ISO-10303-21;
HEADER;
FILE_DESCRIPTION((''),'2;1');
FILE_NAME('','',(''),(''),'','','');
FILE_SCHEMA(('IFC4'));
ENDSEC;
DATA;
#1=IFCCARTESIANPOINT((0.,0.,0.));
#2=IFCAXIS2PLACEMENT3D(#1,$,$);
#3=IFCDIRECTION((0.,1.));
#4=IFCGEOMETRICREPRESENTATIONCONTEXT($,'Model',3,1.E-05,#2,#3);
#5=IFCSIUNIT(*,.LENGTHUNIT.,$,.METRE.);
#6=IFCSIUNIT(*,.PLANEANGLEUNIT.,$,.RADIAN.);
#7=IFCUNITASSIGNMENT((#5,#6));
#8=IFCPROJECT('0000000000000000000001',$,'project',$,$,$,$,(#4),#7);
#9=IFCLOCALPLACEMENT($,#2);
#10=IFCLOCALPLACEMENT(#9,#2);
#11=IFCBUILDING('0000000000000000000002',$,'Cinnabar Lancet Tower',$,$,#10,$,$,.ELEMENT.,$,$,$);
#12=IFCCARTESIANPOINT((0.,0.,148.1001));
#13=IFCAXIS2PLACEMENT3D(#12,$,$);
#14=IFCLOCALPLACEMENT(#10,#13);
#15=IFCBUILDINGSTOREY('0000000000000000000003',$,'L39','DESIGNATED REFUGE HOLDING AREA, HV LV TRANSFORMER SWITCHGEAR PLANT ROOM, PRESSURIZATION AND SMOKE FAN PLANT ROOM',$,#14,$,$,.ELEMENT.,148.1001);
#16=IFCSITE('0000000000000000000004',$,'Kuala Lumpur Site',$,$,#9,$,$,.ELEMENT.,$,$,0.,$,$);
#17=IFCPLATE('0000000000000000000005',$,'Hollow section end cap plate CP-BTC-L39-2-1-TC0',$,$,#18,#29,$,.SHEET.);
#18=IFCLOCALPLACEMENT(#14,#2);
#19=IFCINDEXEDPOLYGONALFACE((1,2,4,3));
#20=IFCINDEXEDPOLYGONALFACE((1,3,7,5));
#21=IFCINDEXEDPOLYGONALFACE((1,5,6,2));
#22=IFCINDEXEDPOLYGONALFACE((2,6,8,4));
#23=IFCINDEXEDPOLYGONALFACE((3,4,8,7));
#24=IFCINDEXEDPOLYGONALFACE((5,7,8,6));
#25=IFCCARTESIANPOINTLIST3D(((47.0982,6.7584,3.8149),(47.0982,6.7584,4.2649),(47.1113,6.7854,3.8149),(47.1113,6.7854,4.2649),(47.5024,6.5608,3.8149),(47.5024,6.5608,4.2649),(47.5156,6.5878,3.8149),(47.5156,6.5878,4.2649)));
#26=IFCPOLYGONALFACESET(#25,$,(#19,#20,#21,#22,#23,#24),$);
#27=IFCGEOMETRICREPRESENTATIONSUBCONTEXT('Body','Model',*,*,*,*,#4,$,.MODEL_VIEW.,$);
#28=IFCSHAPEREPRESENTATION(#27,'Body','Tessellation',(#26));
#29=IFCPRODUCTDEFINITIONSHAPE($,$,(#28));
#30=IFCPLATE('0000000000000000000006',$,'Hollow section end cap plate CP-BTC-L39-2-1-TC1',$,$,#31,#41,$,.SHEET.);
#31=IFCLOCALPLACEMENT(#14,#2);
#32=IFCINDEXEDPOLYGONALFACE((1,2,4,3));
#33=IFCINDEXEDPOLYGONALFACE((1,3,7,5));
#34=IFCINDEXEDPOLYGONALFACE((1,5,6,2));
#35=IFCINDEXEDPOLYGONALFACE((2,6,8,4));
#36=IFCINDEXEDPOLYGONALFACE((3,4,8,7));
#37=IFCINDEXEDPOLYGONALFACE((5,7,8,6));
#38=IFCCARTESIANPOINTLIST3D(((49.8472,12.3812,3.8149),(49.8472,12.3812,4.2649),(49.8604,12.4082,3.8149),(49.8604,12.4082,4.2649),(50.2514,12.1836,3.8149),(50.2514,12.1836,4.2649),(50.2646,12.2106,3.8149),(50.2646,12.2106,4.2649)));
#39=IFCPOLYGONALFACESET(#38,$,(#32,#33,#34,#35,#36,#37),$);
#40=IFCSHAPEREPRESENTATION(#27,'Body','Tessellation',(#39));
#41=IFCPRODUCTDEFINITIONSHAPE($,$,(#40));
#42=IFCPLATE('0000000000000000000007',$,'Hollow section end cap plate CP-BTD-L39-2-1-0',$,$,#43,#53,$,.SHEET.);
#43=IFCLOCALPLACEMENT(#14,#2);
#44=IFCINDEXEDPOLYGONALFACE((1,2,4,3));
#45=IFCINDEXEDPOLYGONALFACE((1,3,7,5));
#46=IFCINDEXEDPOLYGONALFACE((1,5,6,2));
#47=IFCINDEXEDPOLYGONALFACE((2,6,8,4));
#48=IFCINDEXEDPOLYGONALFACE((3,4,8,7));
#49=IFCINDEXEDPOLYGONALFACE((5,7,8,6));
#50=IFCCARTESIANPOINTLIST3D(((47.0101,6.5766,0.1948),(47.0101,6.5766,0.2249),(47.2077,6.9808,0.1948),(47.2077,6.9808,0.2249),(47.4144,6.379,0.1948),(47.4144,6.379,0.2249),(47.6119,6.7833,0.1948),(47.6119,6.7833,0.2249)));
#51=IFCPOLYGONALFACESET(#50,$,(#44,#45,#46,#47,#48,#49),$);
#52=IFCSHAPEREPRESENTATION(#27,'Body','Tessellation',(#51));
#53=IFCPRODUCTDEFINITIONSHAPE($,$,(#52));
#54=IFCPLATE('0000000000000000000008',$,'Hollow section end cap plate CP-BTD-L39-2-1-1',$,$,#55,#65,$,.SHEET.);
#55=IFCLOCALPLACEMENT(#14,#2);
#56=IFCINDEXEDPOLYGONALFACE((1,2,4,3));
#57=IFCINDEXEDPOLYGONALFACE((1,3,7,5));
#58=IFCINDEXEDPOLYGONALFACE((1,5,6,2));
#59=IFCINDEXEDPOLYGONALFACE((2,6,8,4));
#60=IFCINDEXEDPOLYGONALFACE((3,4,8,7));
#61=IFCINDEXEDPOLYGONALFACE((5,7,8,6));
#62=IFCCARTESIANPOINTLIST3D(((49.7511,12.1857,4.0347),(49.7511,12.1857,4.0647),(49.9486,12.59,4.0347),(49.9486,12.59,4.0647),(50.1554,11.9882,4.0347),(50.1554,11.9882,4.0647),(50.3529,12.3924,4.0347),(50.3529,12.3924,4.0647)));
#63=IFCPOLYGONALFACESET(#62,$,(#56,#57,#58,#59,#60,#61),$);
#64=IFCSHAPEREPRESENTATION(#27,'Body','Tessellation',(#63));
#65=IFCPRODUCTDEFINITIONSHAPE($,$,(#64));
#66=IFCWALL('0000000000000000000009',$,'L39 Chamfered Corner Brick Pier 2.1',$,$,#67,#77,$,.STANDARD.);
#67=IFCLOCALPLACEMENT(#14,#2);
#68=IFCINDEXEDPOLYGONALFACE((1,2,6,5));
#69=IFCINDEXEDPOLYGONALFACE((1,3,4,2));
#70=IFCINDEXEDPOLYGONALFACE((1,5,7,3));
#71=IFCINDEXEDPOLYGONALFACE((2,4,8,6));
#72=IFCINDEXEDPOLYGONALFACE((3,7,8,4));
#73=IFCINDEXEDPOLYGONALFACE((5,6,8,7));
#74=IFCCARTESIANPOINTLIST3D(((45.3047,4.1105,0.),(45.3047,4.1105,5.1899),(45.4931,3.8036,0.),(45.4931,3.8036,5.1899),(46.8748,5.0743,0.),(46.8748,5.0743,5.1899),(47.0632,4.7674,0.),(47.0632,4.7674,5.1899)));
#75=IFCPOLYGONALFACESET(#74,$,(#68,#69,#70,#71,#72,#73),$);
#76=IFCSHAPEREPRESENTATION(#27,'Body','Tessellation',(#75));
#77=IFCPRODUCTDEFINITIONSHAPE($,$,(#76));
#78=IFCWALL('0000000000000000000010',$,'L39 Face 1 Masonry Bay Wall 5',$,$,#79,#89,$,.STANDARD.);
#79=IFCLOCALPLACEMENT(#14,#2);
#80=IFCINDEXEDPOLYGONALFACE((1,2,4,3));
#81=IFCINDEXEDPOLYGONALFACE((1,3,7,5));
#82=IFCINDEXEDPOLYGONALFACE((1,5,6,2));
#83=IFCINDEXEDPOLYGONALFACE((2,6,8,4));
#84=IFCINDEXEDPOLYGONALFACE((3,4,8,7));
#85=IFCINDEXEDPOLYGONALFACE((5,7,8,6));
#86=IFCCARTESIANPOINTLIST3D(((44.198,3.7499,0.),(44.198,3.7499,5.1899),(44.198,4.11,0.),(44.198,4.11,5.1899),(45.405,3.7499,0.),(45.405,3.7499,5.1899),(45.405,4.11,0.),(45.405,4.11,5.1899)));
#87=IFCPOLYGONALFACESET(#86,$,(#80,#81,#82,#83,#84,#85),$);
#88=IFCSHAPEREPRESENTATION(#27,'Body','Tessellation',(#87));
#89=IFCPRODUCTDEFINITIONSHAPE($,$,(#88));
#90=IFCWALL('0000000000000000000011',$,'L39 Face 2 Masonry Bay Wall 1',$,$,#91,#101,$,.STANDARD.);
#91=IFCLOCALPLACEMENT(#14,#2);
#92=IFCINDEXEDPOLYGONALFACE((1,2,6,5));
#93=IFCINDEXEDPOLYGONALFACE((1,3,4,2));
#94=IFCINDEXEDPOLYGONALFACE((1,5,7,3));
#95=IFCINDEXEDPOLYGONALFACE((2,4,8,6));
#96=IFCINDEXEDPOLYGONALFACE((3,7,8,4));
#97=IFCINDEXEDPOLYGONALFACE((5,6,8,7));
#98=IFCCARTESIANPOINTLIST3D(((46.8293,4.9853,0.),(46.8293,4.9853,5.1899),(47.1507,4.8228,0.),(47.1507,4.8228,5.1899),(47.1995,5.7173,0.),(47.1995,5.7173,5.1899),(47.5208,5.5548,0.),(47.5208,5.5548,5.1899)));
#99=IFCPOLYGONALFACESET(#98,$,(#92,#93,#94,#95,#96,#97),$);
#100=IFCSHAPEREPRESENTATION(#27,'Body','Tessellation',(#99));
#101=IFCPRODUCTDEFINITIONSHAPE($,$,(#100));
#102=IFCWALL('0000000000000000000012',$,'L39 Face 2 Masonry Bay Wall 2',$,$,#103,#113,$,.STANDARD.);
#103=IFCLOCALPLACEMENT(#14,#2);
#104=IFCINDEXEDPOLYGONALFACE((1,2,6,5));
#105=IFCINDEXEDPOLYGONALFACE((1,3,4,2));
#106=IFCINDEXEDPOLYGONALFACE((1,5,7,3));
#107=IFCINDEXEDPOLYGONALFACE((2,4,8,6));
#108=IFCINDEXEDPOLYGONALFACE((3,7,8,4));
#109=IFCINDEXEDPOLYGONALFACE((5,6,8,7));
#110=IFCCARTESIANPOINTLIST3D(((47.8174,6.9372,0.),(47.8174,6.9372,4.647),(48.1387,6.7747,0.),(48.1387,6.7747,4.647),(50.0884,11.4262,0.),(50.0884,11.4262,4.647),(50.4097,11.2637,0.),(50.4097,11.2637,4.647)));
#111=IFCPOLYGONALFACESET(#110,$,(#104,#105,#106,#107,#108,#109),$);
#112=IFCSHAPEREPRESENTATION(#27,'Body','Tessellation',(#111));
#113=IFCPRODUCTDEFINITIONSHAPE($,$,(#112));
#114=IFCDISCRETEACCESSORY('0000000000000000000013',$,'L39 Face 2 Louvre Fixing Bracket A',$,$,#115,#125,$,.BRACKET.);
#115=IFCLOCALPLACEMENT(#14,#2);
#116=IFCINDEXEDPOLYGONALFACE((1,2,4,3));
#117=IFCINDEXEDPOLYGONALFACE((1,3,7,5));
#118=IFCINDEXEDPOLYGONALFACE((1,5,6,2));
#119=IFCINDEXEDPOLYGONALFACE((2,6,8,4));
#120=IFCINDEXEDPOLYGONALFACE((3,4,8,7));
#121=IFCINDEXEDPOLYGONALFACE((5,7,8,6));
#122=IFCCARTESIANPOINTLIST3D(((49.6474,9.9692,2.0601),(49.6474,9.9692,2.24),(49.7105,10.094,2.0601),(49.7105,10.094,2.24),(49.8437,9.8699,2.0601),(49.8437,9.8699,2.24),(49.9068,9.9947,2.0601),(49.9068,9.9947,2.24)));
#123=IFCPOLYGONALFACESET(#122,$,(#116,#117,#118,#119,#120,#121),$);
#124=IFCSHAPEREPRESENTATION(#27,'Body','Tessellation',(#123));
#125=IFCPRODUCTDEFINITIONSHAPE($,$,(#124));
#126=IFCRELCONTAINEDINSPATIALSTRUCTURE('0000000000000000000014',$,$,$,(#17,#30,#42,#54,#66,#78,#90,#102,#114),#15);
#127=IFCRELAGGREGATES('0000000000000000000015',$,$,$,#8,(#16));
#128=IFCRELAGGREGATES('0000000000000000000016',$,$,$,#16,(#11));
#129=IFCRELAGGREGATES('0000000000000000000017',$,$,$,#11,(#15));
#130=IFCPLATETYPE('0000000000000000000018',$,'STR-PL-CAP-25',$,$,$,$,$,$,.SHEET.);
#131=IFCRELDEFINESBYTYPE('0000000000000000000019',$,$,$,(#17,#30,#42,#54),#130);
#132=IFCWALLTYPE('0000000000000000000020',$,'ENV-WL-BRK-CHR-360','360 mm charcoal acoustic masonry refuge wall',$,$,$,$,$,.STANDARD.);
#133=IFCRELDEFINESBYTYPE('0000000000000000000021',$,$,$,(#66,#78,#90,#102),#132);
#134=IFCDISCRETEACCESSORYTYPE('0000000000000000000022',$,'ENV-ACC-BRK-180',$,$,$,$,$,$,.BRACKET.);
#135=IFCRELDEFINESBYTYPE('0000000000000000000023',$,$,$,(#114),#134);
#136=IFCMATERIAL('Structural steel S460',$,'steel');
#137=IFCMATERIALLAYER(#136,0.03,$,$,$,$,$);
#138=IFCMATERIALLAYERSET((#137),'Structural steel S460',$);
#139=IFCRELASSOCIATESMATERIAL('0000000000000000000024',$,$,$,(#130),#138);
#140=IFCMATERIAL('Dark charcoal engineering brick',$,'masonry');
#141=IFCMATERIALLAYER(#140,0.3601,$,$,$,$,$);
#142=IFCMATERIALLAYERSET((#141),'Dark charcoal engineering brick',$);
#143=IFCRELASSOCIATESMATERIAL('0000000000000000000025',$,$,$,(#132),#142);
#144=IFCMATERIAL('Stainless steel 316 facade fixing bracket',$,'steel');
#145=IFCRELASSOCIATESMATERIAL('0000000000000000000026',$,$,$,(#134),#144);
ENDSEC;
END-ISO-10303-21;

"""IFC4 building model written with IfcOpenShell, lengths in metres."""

from ifc_helpers import new_model, si_unit, direction, frame, frame_2d, origin, origin_2d, place, context, subcontext, project, spatial, rectangle, extrude, material, layer, layer_set, type_object, element, save


model = new_model("IFC4")

# Units and contexts
model_context = context("Model", 3, precision=1e-05, world=origin(), true_north=direction((0.0, 1.0)))
body_context = subcontext(model_context, "Body", "Model", "MODEL_VIEW")
ifc_project = project(units=[si_unit("LENGTHUNIT", "METRE"), si_unit("PLANEANGLEUNIT", "RADIAN")], contexts=[model_context])

# Site, building, storey
site_placement = place(None, origin())
site = spatial("IfcSite", under=ifc_project, at=site_placement, Name="Kuala Lumpur Site", CompositionType="ELEMENT", RefElevation=0.0)
building_placement = place(site_placement, origin())
building = spatial("IfcBuilding", under=site, at=building_placement, Name="Cinnabar Lancet Tower", CompositionType="ELEMENT")
storey_placement = place(building_placement, frame((0.0, 0.0, 148.1001)))
storey = spatial("IfcBuildingStorey", under=building, at=storey_placement, Name="L39", Description="DESIGNATED REFUGE HOLDING AREA, HV LV TRANSFORMER SWITCHGEAR PLANT ROOM, PRESSURIZATION AND SMOKE FAN PLANT ROOM", CompositionType="ELEMENT", Elevation=148.1001)

# Plates
ifc_material_1 = material(Name="Structural steel S460", Category="steel")
ifc_layer_1 = layer(ifc_material_1, 0.03)
ifc_layer_set_1 = layer_set([ifc_layer_1], Name="Structural steel S460")
plate_type = type_object("IfcPlateType", Name="STR-PL-CAP-25", PredefinedType="SHEET", material=ifc_layer_set_1)
for number, where, z_axis, x_axis, name in (
    (1, (47.3069, 6.6731, 3.8149), (0.0, 0.0, 1.0), (-0.439061, -0.898457, 0.0), "Hollow section end cap plate CP-BTC-L39-2-1-TC0"),
    (2, (50.0559, 12.2959, 3.8149), (0.0, 0.0, 1.0), (0.439061, 0.898457, 0.0), "Hollow section end cap plate CP-BTC-L39-2-1-TC1"),
):
    element("IfcPlate", number, at=place(storey_placement, frame(where, z_axis=z_axis, x_axis=x_axis)), inside=storey, type_object=plate_type, Name=name, PredefinedType="SHEET", context=body_context, shape_type="SweptSolid", body=[
        extrude(rectangle(XDim=0.03, YDim=0.45, at=origin_2d()), origin(), (0.0, 0.0, 1.0), 0.45),
    ])
for number, where, z_axis, x_axis, name in (
    (3, (47.311, 6.6799, 0.1948), (0.0, 0.0, 1.0), (-0.439061, -0.898457, 0.0), "Hollow section end cap plate CP-BTD-L39-2-1-0"),
    (4, (50.052, 12.2891, 4.0347), (0.0, 0.0, 1.0), (0.439061, 0.898457, 0.0), "Hollow section end cap plate CP-BTD-L39-2-1-1"),
):
    element("IfcPlate", number, at=place(storey_placement, frame(where, z_axis=z_axis, x_axis=x_axis)), inside=storey, type_object=plate_type, Name=name, PredefinedType="SHEET", context=body_context, shape_type="SweptSolid", body=[
        extrude(rectangle(XDim=0.45, YDim=0.45, at=origin_2d()), origin(), (0.0, 0.0, 1.0), 0.03),
    ])

# Walls
ifc_material_2 = material(Name="Dark charcoal engineering brick", Category="masonry")
ifc_layer_2 = layer(ifc_material_2, 0.3601)
ifc_layer_set_2 = layer_set([ifc_layer_2], Name="Dark charcoal engineering brick")
wall_type = type_object("IfcWallType", Name="ENV-WL-BRK-CHR-360", Description="360 mm charcoal acoustic masonry refuge wall", PredefinedType="STANDARD", material=ifc_layer_set_2)
wall_1_placement = place(storey_placement, frame((45.3989, 3.957, 0.0), z_axis=(0.0, 0.0, 1.0), x_axis=(0.852222, 0.52318, 0.0)))
element("IfcWall", 5, at=wall_1_placement, inside=storey, type_object=wall_type, Name="L39 Chamfered Corner Brick Pier 2.1", PredefinedType="STANDARD", context=body_context, shape_type="SweptSolid", body=[
    extrude(rectangle(XDim=1.8423, YDim=0.3601, at=frame_2d((0.9211, 0.0))), origin(), (0.0, 0.0, 1.0), 5.1899),
])
wall_2_placement = place(storey_placement, frame((44.198, 3.9299, 0.0), z_axis=(0.0, 0.0, 1.0), x_axis=(1.0, 0.0, 0.0)))
element("IfcWall", 6, at=wall_2_placement, inside=storey, type_object=wall_type, Name="L39 Face 1 Masonry Bay Wall 5", PredefinedType="STANDARD", context=body_context, shape_type="SweptSolid", body=[
    extrude(rectangle(XDim=1.207, YDim=0.3601, at=frame_2d((0.6035, 0.0))), origin(), (0.0, 0.0, 1.0), 5.1899),
])
wall_3_placement = place(storey_placement, frame((46.99, 4.9041, 0.0), z_axis=(0.0, 0.0, 1.0), x_axis=(0.451257, 0.892394, 0.0)))
element("IfcWall", 7, at=wall_3_placement, inside=storey, type_object=wall_type, Name="L39 Face 2 Masonry Bay Wall 1", PredefinedType="STANDARD", context=body_context, shape_type="SweptSolid", body=[
    extrude(rectangle(XDim=0.8203, YDim=0.3601, at=frame_2d((0.4102, 0.0))), origin(), (0.0, 0.0, 1.0), 5.1899),
])
wall_4_placement = place(storey_placement, frame((47.978, 6.856, 0.0), z_axis=(0.0, 0.0, 1.0), x_axis=(0.451421, 0.892311, 0.0)))
element("IfcWall", 8, at=wall_4_placement, inside=storey, type_object=wall_type, Name="L39 Face 2 Masonry Bay Wall 2", PredefinedType="STANDARD", context=body_context, shape_type="SweptSolid", body=[
    extrude(rectangle(XDim=5.0308, YDim=0.3601, at=frame_2d((2.5154, 0.0))), origin(), (0.0, 0.0, 1.0), 4.647),
])

# Discrete accessory
ifc_material_3 = material(Name="Stainless steel 316 facade fixing bracket", Category="steel")
discrete_accessory_type = type_object("IfcDiscreteAccessoryType", Name="ENV-ACC-BRK-180", PredefinedType="BRACKET", material=ifc_material_3)
discrete_accessory_placement = place(storey_placement, frame((49.7771, 9.9819, 2.0601), z_axis=(0.0, 0.0, 1.0), x_axis=(0.451423, 0.89231, 0.0)))
element("IfcDiscreteAccessory", 9, at=discrete_accessory_placement, inside=storey, type_object=discrete_accessory_type, Name="L39 Face 2 Louvre Fixing Bracket A", PredefinedType="BRACKET", context=body_context, shape_type="SweptSolid", body=[
    extrude(rectangle(XDim=0.1399, YDim=0.22, at=origin_2d()), origin(), (0.0, 0.0, 1.0), 0.1799),
])

save(model, "model.ifc")
